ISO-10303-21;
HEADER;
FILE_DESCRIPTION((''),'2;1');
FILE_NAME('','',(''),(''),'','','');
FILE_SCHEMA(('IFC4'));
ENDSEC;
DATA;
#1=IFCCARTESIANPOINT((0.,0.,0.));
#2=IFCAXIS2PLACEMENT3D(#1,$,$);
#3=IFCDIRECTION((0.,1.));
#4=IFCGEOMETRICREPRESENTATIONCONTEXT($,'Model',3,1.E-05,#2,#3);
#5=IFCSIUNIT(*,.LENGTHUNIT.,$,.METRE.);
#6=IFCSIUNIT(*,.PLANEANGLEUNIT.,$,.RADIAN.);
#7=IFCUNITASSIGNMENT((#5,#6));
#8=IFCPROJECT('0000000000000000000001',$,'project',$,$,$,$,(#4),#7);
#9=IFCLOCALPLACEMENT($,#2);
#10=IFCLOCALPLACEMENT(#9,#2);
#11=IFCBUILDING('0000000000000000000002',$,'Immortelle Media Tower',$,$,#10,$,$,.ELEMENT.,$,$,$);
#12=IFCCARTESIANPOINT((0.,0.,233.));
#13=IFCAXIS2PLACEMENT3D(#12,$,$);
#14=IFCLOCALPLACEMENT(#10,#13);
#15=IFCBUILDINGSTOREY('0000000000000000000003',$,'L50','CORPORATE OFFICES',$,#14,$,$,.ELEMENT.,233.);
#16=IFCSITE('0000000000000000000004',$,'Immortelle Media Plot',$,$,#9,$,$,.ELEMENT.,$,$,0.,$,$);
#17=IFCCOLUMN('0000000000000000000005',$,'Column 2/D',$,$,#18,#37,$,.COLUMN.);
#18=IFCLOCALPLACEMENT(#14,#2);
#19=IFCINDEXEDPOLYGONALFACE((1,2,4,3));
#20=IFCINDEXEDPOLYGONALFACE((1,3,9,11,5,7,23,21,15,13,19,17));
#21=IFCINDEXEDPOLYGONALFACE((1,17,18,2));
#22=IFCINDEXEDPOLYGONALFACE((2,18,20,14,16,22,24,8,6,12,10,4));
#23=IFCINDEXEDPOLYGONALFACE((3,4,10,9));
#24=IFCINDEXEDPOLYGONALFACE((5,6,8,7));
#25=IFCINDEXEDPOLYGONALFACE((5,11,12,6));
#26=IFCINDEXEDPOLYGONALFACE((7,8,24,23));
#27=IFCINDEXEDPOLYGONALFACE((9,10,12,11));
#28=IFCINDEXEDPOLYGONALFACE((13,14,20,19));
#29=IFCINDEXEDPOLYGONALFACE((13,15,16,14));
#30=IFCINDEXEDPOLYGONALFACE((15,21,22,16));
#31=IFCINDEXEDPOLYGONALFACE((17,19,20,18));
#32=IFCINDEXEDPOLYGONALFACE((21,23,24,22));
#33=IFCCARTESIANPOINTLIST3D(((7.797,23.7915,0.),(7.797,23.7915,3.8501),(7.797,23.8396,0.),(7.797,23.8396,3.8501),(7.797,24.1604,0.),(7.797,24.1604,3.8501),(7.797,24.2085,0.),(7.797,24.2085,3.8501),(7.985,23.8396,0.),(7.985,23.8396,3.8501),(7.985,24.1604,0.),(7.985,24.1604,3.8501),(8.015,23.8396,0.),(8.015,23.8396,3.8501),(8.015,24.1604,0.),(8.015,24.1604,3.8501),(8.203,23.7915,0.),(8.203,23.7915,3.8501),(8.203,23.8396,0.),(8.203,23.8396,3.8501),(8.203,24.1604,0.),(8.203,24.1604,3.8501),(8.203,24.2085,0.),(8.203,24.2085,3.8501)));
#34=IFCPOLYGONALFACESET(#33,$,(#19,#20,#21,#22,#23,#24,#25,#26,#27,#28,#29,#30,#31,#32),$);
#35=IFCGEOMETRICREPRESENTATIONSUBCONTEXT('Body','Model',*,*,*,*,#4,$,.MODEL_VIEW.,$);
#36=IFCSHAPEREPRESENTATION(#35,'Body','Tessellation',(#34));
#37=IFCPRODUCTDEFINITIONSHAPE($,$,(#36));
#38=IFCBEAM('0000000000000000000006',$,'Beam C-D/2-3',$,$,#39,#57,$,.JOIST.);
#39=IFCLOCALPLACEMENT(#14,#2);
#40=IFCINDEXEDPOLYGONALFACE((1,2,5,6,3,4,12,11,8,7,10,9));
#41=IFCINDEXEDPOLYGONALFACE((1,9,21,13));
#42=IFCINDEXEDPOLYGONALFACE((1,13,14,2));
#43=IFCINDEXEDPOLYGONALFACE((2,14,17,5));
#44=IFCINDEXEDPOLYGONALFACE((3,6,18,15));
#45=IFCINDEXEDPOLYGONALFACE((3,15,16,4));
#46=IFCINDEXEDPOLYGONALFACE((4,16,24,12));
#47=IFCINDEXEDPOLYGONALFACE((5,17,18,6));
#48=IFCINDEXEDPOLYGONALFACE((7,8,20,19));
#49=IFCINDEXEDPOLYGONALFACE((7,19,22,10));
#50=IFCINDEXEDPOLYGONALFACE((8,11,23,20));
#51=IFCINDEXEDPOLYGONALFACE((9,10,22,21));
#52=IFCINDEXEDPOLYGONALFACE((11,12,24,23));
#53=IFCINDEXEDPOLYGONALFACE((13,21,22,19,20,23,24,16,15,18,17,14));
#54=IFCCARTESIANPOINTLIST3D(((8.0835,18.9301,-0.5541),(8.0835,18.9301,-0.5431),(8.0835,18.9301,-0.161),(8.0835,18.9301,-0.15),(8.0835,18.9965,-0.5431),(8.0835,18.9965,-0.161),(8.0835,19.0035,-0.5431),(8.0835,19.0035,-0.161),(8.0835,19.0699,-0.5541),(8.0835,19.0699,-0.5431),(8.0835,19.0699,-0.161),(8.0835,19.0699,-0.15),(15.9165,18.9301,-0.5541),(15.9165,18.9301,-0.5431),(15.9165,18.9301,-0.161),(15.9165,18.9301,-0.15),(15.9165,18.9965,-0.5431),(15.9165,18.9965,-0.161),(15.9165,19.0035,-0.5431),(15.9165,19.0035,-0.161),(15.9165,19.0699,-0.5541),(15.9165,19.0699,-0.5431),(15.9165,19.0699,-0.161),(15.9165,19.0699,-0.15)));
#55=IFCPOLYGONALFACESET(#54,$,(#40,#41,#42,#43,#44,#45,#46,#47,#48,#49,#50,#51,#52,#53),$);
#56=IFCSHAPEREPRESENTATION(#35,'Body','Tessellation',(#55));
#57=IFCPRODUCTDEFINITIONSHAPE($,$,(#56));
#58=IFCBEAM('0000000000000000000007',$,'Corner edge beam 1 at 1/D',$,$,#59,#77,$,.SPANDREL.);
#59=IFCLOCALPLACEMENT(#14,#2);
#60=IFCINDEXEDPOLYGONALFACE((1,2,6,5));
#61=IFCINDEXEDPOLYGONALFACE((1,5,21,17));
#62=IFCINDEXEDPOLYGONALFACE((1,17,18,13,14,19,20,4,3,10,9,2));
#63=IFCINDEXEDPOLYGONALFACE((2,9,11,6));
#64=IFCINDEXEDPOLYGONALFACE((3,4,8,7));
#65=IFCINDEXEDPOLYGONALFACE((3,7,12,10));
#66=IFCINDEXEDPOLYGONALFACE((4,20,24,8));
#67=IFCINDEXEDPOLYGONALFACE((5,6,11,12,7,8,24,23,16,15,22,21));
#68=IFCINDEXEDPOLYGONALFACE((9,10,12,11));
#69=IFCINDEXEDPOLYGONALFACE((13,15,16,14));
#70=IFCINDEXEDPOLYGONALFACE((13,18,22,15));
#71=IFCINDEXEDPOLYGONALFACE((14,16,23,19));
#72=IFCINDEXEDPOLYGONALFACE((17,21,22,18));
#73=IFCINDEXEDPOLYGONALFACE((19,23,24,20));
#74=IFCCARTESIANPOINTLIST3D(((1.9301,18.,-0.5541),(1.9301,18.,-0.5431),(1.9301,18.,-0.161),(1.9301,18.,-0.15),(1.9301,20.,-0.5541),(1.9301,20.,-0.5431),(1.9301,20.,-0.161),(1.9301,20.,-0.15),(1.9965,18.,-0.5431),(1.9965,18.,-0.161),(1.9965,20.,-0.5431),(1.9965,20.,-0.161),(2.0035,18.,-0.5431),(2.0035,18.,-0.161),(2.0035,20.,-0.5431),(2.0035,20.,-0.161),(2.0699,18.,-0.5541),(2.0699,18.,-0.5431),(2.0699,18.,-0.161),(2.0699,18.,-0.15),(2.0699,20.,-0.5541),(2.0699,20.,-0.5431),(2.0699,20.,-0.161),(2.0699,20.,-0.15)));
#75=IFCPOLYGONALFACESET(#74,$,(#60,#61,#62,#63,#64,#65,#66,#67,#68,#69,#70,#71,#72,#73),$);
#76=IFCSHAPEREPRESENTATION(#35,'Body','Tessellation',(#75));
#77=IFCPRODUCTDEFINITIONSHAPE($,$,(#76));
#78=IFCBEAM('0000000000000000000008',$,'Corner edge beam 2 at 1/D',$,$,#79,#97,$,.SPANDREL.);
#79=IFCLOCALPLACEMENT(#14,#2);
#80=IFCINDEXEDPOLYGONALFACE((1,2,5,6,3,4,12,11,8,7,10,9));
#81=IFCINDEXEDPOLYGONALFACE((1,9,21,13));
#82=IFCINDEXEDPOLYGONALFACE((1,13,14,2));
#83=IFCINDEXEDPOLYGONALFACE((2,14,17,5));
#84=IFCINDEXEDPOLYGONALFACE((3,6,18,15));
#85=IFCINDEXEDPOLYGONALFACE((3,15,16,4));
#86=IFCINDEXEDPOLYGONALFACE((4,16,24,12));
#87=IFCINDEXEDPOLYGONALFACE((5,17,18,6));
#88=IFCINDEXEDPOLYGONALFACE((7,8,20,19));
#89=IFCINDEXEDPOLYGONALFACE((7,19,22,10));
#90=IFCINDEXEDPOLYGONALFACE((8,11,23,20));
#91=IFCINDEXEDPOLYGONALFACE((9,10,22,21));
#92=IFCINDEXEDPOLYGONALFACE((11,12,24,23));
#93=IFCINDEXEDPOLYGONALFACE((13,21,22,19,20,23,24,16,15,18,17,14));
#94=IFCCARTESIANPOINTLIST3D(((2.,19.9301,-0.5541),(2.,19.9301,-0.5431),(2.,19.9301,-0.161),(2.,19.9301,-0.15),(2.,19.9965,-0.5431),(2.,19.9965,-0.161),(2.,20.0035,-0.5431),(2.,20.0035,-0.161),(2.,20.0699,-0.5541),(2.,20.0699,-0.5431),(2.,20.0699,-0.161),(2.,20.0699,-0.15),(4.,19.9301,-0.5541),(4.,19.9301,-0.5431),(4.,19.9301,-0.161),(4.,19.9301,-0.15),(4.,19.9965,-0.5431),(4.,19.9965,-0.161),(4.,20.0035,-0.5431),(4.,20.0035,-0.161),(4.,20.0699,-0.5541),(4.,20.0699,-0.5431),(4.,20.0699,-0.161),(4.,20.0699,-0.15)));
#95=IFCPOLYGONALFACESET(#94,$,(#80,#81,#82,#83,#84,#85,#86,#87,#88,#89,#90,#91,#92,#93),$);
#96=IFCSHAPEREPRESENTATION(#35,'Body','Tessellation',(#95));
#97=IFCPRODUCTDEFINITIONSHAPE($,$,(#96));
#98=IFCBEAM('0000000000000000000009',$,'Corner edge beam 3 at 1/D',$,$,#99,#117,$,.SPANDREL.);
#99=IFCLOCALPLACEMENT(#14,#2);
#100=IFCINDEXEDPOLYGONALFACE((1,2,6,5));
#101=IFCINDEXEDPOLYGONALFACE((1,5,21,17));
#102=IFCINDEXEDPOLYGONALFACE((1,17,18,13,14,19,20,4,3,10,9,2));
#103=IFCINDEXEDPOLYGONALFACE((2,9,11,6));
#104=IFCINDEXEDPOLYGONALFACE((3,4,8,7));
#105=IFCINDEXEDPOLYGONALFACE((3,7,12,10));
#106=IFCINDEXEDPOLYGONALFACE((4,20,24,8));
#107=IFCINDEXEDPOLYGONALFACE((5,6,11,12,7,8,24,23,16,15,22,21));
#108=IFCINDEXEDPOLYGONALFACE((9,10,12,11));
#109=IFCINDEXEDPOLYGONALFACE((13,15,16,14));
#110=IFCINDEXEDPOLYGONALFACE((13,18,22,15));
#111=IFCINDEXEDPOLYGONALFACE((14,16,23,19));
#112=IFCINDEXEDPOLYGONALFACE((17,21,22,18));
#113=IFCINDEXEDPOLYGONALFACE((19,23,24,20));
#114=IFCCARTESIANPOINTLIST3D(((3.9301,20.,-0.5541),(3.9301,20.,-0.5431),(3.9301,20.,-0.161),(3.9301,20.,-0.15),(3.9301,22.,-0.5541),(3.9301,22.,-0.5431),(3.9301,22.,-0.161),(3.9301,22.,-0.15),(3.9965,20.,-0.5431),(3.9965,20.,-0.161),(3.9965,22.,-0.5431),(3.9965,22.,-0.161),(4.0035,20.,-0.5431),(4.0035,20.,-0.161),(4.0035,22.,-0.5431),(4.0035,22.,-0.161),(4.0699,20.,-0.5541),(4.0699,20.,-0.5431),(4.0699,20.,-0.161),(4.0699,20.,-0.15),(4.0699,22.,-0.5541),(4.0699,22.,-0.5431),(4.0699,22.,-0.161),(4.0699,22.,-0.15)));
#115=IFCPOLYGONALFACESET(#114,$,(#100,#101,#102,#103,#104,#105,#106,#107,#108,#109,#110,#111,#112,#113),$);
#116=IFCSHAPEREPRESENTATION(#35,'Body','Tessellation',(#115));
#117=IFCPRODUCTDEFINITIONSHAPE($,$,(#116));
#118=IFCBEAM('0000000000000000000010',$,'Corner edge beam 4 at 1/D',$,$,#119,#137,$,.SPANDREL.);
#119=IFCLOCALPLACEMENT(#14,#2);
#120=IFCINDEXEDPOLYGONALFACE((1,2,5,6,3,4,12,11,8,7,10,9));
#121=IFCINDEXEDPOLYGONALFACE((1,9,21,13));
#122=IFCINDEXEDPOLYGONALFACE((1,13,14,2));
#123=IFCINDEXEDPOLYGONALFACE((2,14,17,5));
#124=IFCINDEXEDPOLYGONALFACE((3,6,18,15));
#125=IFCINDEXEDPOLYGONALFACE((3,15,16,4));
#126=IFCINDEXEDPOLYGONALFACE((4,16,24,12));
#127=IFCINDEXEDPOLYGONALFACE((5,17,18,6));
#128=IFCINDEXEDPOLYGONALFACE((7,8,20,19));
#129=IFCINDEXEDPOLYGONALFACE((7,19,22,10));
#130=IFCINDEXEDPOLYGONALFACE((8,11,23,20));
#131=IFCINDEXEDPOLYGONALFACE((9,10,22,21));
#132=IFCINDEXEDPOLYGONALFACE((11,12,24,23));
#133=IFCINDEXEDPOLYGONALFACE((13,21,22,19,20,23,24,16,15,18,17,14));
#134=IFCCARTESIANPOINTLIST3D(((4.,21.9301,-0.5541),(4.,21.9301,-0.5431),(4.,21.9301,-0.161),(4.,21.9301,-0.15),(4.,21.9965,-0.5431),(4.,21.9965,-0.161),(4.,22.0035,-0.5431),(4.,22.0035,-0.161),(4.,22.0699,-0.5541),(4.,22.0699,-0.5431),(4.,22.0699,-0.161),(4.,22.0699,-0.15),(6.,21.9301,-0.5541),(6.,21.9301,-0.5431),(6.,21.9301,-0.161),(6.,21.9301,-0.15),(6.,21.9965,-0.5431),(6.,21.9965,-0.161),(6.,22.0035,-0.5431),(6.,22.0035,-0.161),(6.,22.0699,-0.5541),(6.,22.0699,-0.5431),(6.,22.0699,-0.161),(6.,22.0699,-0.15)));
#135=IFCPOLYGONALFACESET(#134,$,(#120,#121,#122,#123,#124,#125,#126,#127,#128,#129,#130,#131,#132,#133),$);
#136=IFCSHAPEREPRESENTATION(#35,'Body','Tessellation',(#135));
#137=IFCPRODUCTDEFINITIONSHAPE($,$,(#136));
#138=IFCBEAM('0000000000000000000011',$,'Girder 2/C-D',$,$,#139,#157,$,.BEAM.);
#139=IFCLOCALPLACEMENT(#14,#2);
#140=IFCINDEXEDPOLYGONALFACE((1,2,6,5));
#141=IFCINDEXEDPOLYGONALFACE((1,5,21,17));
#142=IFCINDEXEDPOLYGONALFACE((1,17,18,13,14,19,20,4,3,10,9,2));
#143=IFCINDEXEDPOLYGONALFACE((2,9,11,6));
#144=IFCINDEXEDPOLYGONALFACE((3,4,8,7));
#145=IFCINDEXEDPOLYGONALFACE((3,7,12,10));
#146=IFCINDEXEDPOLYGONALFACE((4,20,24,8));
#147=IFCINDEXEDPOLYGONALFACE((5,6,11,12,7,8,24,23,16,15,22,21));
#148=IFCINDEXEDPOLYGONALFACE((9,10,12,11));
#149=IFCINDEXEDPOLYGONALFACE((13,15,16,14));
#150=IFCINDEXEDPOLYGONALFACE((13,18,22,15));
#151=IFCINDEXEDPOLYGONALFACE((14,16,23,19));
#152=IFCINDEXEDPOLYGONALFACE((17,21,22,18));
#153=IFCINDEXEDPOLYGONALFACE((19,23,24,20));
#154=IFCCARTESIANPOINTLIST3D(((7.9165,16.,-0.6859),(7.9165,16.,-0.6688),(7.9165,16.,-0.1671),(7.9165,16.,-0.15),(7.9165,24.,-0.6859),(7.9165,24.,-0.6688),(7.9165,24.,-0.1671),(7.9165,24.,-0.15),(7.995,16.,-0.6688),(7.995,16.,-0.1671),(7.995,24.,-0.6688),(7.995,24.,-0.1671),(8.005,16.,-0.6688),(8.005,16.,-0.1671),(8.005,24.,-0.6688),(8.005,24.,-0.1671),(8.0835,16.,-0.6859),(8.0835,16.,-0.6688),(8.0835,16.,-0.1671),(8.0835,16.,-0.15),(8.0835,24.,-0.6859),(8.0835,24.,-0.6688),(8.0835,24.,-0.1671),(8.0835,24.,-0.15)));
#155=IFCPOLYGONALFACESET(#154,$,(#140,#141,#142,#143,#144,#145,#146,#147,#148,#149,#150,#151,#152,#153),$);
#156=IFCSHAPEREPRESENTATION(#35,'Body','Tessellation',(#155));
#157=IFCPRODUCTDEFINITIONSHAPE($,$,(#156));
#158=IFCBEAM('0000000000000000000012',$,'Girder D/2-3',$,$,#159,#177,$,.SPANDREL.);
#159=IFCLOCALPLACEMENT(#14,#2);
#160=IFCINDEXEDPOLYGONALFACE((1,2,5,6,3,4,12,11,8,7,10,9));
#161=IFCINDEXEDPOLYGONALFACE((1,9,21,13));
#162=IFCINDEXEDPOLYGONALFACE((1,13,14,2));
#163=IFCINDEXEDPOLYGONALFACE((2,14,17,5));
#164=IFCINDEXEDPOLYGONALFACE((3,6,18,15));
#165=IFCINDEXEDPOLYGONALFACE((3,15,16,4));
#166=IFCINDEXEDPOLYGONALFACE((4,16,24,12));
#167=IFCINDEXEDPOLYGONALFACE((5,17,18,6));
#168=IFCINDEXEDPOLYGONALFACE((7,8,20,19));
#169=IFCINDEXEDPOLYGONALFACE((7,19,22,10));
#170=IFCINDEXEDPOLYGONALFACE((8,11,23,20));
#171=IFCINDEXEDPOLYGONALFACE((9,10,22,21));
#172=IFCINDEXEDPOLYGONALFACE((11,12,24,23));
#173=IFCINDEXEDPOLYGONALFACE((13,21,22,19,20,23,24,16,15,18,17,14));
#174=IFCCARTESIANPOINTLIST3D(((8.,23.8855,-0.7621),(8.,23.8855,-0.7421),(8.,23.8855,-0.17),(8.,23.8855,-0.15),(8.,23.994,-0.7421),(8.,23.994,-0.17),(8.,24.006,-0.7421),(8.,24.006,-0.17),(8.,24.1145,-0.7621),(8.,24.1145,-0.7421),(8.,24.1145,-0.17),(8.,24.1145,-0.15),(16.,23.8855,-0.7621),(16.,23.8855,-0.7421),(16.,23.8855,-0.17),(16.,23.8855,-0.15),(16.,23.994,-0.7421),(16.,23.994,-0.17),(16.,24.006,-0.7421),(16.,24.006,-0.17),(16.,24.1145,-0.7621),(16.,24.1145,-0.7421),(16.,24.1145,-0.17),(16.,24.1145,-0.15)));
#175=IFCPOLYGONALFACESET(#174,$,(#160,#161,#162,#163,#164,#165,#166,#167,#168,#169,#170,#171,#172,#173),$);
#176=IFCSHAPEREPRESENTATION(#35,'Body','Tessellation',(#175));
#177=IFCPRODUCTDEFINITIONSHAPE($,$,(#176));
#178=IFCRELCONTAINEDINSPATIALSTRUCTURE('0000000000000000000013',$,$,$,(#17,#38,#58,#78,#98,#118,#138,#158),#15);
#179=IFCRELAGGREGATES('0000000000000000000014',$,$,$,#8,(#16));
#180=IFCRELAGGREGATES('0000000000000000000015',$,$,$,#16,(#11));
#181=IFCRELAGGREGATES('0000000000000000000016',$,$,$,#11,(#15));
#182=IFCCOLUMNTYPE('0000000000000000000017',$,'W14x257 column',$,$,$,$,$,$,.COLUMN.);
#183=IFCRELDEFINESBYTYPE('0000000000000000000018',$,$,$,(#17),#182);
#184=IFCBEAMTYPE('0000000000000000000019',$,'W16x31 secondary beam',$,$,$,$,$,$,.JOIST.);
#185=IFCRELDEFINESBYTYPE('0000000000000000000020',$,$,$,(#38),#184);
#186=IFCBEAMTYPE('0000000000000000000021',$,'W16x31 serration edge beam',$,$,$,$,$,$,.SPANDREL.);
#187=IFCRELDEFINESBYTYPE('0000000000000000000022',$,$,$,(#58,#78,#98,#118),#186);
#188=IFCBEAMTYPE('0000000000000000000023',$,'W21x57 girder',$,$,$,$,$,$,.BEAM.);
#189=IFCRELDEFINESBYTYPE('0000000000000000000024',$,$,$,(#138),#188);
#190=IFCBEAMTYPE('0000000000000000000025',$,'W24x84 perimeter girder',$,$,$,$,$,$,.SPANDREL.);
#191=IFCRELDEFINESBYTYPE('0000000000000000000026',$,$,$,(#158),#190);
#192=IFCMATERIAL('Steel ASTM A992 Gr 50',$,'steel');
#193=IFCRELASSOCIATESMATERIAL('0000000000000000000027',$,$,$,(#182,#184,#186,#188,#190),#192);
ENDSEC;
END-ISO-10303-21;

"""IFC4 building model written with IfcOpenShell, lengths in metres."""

from ifc_helpers import new_model, si_unit, direction, frame, origin, origin_2d, place, context, subcontext, project, spatial, i_section, extrude, material, material_profile, profile_set, type_object, element, save


model = new_model("IFC4")

# Units and contexts
model_context = context("Model", 3, precision=1e-05, world=origin(), true_north=direction((0.0, 1.0)))
body_context = subcontext(model_context, "Body", "Model", "MODEL_VIEW")
ifc_project = project(units=[si_unit("LENGTHUNIT", "METRE"), si_unit("PLANEANGLEUNIT", "RADIAN")], contexts=[model_context])

# Site, building, storey
site_placement = place(None, origin())
site = spatial("IfcSite", under=ifc_project, at=site_placement, Name="Immortelle Media Plot", CompositionType="ELEMENT", RefElevation=0.0)
building_placement = place(site_placement, origin())
building = spatial("IfcBuilding", under=site, at=building_placement, Name="Immortelle Media Tower", CompositionType="ELEMENT")
storey_placement = place(building_placement, frame((0.0, 0.0, 233.0)))
storey = spatial("IfcBuildingStorey", under=building, at=storey_placement, Name="L50", Description="CORPORATE OFFICES", CompositionType="ELEMENT", Elevation=233.0)

# Column
ifc_material_1 = material(Name="Steel ASTM A992 Gr 50", Category="steel")
ifc_material_profile_1 = material_profile(ifc_material_1, i_section(OverallWidth=0.406, OverallDepth=0.417, WebThickness=0.03, FlangeThickness=0.0481, at=origin_2d()), Name="W14x257")
ifc_profile_set_1 = profile_set([ifc_material_profile_1], Name="Steel ASTM A992 Gr 50")
column_type = type_object("IfcColumnType", Name="W14x257 column", PredefinedType="COLUMN", material=ifc_profile_set_1)
column_placement = place(storey_placement, frame((8.0, 24.0, 0.0), z_axis=(0.0, 0.0, 1.0), x_axis=(1.0, 0.0, 0.0)))
element("IfcColumn", 1, at=column_placement, inside=storey, type_object=column_type, Name="Column 2/D", PredefinedType="COLUMN", context=body_context, shape_type="SweptSolid", body=[
    extrude(i_section(OverallWidth=0.406, OverallDepth=0.417, WebThickness=0.03, FlangeThickness=0.0481, at=origin_2d()), origin(), (0.0, 0.0, 1.0), 3.8501),
])

# Beams
ifc_material_profile_2 = material_profile(ifc_material_1, i_section(OverallWidth=0.1399, OverallDepth=0.4041, WebThickness=0.0071, FlangeThickness=0.011, at=origin_2d()), Name="W16x31")
ifc_profile_set_2 = profile_set([ifc_material_profile_2], Name="Steel ASTM A992 Gr 50")
beam_type_1 = type_object("IfcBeamType", Name="W16x31 secondary beam", PredefinedType="JOIST", material=ifc_profile_set_2)
beam_1_placement = place(storey_placement, frame((8.0835, 19.0, -0.3521), z_axis=(1.0, 0.0, 0.0), x_axis=(0.0, 1.0, 0.0)))
element("IfcBeam", 2, at=beam_1_placement, inside=storey, type_object=beam_type_1, Name="Beam C-D/2-3", PredefinedType="JOIST", context=body_context, shape_type="SweptSolid", body=[
    extrude(i_section(OverallWidth=0.1399, OverallDepth=0.4041, WebThickness=0.0071, FlangeThickness=0.011, at=origin_2d()), origin(), (0.0, 0.0, 1.0), 7.833),
])
ifc_material_profile_3 = material_profile(ifc_material_1, i_section(OverallWidth=0.1399, OverallDepth=0.4041, WebThickness=0.0071, FlangeThickness=0.011, at=origin_2d()), Name="W16x31")
ifc_profile_set_3 = profile_set([ifc_material_profile_3], Name="Steel ASTM A992 Gr 50")
beam_type_2 = type_object("IfcBeamType", Name="W16x31 serration edge beam", PredefinedType="SPANDREL", material=ifc_profile_set_3)
for number, where, z_axis, x_axis, name in (
    (3, (2.0, 18.0, -0.3521), (0.0, 1.0, 0.0), (-1.0, 0.0, 0.0), "Corner edge beam 1 at 1/D"),
    (4, (2.0, 20.0, -0.3521), (1.0, 0.0, 0.0), (0.0, 1.0, 0.0), "Corner edge beam 2 at 1/D"),
    (5, (4.0, 20.0, -0.3521), (0.0, 1.0, 0.0), (-1.0, 0.0, 0.0), "Corner edge beam 3 at 1/D"),
    (6, (4.0, 22.0, -0.3521), (1.0, 0.0, 0.0), (0.0, 1.0, 0.0), "Corner edge beam 4 at 1/D"),
):
    element("IfcBeam", number, at=place(storey_placement, frame(where, z_axis=z_axis, x_axis=x_axis)), inside=storey, type_object=beam_type_2, Name=name, PredefinedType="SPANDREL", context=body_context, shape_type="SweptSolid", body=[
        extrude(i_section(OverallWidth=0.1399, OverallDepth=0.4041, WebThickness=0.0071, FlangeThickness=0.011, at=origin_2d()), origin(), (0.0, 0.0, 1.0), 2.0),
    ])
ifc_material_profile_4 = material_profile(ifc_material_1, i_section(OverallWidth=0.167, OverallDepth=0.5359, WebThickness=0.01, FlangeThickness=0.0171, at=origin_2d()), Name="W21x57")
ifc_profile_set_4 = profile_set([ifc_material_profile_4], Name="Steel ASTM A992 Gr 50")
beam_type_3 = type_object("IfcBeamType", Name="W21x57 girder", PredefinedType="BEAM", material=ifc_profile_set_4)
beam_2_placement = place(storey_placement, frame((8.0, 16.0, -0.418), z_axis=(0.0, 1.0, 0.0), x_axis=(-1.0, 0.0, 0.0)))
element("IfcBeam", 7, at=beam_2_placement, inside=storey, type_object=beam_type_3, Name="Girder 2/C-D", PredefinedType="BEAM", context=body_context, shape_type="SweptSolid", body=[
    extrude(i_section(OverallWidth=0.167, OverallDepth=0.5359, WebThickness=0.01, FlangeThickness=0.0171, at=origin_2d()), origin(), (0.0, 0.0, 1.0), 8.0),
])
ifc_material_profile_5 = material_profile(ifc_material_1, i_section(OverallWidth=0.229, OverallDepth=0.6121, WebThickness=0.012, FlangeThickness=0.02, at=origin_2d()), Name="W24x84")
ifc_profile_set_5 = profile_set([ifc_material_profile_5], Name="Steel ASTM A992 Gr 50")
beam_type_4 = type_object("IfcBeamType", Name="W24x84 perimeter girder", PredefinedType="SPANDREL", material=ifc_profile_set_5)
beam_3_placement = place(storey_placement, frame((8.0, 24.0, -0.4561), z_axis=(1.0, 0.0, 0.0), x_axis=(0.0, 1.0, 0.0)))
element("IfcBeam", 8, at=beam_3_placement, inside=storey, type_object=beam_type_4, Name="Girder D/2-3", PredefinedType="SPANDREL", context=body_context, shape_type="SweptSolid", body=[
    extrude(i_section(OverallWidth=0.229, OverallDepth=0.6121, WebThickness=0.012, FlangeThickness=0.02, at=origin_2d()), origin(), (0.0, 0.0, 1.0), 8.0),
])

save(model, "model.ifc")
